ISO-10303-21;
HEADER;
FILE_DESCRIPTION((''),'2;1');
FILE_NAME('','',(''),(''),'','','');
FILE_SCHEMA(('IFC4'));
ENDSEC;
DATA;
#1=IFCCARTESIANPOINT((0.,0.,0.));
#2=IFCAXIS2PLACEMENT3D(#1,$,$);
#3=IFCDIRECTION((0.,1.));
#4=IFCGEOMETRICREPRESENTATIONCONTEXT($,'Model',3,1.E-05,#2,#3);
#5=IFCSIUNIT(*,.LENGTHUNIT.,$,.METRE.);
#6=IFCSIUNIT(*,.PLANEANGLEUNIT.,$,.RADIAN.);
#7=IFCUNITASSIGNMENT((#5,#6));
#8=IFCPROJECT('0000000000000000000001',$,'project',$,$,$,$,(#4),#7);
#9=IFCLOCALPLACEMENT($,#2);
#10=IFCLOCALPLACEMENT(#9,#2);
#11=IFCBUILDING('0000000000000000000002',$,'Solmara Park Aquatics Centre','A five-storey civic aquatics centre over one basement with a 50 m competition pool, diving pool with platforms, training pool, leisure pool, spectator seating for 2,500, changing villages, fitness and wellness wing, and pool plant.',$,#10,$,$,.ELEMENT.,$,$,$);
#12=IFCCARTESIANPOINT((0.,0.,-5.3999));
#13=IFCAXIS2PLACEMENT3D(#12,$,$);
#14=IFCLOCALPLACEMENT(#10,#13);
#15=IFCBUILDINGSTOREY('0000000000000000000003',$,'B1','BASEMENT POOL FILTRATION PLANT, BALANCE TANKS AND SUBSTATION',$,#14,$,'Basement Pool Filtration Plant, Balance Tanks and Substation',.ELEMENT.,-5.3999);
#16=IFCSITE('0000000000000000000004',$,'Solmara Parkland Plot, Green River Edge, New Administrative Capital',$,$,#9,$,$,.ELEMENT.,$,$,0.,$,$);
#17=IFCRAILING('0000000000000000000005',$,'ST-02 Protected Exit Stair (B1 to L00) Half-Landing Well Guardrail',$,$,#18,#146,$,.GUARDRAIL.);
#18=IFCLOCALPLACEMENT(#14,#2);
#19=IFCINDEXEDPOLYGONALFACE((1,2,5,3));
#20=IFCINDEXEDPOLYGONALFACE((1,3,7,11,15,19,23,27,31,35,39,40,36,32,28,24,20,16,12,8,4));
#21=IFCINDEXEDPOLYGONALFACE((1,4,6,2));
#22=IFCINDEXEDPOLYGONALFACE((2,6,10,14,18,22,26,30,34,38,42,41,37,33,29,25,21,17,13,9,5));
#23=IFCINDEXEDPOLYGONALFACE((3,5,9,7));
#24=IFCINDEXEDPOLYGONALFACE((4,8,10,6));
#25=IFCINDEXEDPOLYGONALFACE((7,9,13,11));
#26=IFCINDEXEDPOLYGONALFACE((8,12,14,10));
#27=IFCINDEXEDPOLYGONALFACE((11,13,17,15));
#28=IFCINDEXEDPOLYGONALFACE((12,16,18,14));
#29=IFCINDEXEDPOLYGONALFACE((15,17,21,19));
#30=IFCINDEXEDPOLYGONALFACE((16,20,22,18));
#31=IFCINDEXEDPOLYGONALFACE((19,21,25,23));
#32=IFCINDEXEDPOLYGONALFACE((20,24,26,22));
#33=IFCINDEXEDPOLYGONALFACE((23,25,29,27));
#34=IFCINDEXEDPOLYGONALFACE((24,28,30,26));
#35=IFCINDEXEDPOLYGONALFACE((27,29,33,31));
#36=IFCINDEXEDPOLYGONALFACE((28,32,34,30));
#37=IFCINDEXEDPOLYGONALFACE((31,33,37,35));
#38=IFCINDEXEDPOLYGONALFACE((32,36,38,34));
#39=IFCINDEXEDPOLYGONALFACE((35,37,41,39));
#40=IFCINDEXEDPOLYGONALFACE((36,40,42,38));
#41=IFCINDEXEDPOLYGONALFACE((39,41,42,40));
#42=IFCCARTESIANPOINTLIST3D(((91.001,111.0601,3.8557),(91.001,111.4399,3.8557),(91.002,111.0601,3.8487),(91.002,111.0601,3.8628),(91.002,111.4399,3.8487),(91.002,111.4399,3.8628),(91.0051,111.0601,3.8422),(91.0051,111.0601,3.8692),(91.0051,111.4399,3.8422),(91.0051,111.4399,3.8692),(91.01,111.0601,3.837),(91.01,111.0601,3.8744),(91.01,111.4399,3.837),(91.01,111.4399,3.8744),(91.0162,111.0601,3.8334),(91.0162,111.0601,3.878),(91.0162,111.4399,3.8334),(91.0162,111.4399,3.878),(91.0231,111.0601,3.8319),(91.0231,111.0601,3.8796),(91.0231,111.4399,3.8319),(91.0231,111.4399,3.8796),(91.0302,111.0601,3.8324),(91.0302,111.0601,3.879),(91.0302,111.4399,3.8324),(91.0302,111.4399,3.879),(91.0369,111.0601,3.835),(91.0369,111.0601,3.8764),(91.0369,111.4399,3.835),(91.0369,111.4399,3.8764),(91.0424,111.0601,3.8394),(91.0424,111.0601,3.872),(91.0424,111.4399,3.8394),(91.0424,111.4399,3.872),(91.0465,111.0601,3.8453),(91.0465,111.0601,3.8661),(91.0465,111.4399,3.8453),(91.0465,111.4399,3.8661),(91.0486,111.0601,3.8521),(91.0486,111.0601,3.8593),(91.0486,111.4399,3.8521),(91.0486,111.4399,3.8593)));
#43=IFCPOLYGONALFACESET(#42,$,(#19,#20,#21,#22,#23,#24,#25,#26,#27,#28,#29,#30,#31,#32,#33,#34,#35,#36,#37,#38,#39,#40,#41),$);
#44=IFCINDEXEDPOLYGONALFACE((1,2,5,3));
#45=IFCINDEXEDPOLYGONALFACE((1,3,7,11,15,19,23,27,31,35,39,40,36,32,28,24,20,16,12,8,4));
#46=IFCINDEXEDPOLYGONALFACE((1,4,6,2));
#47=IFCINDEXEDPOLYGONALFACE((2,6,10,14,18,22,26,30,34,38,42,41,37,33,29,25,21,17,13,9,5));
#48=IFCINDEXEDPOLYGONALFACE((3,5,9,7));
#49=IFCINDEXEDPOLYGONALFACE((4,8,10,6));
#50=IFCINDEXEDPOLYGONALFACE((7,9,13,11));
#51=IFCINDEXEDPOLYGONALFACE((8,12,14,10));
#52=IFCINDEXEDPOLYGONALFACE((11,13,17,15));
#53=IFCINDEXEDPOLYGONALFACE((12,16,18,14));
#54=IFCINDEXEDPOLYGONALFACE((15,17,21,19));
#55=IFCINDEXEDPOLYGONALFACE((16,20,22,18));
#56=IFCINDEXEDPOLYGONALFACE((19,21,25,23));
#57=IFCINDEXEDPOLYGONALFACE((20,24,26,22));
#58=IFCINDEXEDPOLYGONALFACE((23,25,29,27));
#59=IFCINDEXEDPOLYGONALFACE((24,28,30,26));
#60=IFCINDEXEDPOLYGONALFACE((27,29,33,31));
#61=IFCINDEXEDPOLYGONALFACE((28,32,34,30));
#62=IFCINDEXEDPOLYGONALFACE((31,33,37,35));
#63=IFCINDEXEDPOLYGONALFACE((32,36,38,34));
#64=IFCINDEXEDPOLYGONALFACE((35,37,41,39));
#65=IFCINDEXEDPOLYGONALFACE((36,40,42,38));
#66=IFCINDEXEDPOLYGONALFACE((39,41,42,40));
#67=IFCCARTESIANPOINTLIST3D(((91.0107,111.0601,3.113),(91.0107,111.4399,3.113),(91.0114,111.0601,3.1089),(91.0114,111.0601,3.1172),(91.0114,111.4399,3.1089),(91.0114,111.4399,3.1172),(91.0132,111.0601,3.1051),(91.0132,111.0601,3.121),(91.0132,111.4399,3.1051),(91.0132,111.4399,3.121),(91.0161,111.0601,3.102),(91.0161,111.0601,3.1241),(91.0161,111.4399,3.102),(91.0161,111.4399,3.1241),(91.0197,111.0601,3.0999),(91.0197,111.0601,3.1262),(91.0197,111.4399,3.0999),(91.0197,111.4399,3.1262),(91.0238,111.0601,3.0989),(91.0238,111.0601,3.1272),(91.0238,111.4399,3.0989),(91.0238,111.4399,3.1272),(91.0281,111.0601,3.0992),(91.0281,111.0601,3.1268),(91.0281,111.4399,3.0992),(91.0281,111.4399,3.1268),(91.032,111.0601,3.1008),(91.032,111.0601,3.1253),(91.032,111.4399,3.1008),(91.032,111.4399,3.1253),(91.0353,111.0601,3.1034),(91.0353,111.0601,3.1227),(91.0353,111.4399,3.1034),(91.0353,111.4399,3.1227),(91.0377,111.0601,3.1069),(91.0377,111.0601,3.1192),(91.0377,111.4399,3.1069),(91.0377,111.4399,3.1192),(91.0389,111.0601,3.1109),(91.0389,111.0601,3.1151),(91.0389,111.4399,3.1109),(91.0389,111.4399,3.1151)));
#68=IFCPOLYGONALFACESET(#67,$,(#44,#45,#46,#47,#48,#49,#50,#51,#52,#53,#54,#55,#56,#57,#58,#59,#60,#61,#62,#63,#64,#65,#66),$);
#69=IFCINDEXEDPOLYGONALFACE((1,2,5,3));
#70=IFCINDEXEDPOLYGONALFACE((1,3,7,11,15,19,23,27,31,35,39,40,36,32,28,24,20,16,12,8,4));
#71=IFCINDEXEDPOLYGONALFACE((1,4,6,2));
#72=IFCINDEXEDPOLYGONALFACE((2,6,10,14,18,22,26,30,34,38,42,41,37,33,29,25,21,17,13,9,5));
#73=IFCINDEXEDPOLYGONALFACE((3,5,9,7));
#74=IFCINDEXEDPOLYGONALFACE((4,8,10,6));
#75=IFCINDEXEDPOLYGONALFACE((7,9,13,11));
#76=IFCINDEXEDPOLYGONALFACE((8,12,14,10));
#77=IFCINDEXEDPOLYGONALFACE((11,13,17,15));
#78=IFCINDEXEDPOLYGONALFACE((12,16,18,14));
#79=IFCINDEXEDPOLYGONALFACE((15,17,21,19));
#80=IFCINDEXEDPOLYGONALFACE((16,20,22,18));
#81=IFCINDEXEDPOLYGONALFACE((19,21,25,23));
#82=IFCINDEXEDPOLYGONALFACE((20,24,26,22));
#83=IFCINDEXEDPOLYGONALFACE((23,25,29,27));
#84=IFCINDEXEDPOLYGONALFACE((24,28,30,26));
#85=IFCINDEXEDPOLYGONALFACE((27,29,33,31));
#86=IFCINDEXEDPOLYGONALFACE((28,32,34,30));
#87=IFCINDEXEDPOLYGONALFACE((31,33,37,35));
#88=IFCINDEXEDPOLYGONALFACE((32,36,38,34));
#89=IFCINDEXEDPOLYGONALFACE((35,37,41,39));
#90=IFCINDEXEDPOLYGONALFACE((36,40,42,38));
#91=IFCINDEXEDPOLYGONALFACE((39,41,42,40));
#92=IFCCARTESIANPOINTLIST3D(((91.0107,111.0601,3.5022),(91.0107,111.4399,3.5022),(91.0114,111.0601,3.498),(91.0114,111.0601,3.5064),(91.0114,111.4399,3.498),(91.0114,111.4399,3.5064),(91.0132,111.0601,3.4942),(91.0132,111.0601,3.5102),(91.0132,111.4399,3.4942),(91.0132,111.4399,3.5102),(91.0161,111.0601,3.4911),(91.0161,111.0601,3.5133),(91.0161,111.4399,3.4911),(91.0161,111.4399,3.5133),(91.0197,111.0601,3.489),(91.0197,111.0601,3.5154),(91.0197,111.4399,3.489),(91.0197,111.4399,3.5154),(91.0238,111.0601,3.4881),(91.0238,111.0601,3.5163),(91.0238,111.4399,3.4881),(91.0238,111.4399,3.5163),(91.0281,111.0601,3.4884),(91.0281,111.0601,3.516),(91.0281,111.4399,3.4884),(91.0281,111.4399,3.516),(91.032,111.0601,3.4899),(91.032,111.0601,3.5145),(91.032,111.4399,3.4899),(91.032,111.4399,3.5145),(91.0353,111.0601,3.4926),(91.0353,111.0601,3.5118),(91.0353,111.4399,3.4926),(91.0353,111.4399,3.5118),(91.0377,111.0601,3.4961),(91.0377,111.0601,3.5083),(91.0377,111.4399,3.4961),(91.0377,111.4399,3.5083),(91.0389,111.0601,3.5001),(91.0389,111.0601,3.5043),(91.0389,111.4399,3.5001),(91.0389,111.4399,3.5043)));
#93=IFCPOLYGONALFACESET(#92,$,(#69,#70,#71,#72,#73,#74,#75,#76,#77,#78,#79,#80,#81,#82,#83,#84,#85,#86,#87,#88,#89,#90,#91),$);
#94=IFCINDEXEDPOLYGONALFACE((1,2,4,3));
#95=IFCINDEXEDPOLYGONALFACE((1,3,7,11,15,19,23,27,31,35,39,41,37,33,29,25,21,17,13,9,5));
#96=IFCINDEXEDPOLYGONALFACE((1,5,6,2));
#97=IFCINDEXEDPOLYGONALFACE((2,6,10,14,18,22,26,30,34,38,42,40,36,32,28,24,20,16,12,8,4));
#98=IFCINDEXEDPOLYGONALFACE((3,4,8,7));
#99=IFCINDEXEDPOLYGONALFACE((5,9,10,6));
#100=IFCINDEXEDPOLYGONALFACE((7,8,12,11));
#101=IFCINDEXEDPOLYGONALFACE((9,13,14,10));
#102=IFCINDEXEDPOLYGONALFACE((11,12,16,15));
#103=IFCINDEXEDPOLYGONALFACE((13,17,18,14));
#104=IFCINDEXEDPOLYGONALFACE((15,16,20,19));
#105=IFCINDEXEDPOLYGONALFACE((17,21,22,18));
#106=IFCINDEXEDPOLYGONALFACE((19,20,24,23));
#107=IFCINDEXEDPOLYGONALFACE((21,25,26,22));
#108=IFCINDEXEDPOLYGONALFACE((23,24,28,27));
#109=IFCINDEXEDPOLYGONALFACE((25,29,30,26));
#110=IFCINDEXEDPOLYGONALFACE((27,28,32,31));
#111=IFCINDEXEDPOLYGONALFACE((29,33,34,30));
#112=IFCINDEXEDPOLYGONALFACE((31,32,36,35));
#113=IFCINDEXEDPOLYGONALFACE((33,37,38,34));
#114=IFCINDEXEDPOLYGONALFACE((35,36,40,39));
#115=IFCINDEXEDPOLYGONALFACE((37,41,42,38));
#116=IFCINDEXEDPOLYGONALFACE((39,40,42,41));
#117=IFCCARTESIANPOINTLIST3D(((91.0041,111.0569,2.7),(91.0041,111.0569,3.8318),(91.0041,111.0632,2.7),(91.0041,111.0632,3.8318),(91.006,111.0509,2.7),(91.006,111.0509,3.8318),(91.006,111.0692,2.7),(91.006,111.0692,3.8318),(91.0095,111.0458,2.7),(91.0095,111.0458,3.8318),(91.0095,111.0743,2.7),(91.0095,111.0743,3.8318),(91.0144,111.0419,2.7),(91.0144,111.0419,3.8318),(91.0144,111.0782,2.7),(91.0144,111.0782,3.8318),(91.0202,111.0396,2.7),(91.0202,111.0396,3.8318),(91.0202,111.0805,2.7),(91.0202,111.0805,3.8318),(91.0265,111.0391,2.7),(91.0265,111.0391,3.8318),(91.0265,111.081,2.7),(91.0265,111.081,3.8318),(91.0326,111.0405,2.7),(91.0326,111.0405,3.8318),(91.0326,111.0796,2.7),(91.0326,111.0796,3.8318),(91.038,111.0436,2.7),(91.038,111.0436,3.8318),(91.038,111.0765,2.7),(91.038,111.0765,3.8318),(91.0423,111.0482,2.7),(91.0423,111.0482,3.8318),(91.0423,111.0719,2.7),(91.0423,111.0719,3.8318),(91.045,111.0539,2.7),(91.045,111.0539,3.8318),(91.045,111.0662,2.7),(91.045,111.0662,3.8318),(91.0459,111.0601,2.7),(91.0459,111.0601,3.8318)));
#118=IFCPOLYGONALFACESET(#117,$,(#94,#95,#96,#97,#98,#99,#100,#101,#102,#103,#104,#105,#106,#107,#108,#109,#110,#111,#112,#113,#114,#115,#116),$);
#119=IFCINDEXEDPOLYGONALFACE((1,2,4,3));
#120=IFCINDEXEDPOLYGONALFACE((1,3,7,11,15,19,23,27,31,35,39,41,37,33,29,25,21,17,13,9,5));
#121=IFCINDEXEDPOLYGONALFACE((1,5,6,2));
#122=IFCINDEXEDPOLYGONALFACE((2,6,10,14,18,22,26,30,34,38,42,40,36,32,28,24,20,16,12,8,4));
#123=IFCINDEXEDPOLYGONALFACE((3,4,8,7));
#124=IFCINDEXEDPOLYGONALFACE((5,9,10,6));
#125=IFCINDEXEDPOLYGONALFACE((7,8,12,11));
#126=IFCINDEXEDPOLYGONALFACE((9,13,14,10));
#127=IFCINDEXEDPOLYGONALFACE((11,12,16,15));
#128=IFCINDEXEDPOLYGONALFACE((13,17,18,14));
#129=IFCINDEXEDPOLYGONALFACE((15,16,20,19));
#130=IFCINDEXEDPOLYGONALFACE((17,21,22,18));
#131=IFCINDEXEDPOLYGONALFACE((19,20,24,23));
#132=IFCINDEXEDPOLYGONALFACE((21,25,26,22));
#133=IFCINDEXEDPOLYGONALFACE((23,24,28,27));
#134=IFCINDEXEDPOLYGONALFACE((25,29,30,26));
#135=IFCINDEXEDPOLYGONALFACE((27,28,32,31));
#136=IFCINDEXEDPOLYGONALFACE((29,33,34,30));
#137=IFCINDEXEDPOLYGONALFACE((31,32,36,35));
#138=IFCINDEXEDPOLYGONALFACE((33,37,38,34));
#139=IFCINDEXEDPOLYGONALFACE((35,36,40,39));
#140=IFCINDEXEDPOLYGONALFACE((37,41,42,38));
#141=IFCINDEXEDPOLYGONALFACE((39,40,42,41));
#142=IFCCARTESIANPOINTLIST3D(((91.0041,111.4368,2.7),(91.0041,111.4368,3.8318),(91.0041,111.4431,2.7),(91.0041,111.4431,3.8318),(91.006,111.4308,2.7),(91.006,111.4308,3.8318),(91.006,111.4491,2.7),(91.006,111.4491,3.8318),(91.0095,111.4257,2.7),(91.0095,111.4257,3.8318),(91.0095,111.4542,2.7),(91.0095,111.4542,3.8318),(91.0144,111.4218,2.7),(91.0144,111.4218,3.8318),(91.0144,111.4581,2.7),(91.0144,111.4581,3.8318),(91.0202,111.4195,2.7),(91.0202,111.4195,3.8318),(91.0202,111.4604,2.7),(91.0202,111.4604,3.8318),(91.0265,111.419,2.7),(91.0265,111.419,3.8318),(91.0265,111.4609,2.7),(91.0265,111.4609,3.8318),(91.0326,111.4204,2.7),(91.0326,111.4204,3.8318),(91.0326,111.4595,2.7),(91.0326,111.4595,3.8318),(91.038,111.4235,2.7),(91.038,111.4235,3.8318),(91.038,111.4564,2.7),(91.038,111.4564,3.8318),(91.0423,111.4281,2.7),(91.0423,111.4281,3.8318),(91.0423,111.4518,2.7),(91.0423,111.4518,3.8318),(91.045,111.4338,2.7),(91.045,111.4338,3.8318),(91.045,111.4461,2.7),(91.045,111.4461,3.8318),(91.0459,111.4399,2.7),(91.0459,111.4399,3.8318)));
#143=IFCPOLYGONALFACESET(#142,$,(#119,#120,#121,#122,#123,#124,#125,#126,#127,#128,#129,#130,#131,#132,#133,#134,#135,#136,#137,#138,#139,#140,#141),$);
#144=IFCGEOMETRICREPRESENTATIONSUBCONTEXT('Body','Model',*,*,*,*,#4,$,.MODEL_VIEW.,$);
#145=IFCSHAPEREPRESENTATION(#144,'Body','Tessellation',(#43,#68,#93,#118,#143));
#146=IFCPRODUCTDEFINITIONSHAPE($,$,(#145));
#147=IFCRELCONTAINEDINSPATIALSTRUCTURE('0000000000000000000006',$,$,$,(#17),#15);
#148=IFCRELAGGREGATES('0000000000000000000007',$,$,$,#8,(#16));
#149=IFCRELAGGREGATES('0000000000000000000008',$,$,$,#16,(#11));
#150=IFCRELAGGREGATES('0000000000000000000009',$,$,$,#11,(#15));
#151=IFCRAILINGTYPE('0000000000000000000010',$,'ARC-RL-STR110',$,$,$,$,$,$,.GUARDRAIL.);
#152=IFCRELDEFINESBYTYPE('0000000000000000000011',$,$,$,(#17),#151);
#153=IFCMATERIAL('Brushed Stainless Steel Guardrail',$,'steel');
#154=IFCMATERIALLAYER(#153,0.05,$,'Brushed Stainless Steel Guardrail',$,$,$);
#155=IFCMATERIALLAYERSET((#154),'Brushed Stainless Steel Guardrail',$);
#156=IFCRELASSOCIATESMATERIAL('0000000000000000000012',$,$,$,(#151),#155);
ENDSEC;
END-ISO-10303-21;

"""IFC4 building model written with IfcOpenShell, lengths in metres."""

from ifc_helpers import new_model, si_unit, direction, frame, origin, origin_2d, place, context, subcontext, project, spatial, circle, extrude, material, layer, layer_set, type_object, element, save


model = new_model("IFC4")

# Units and contexts
model_context = context("Model", 3, precision=1e-05, world=origin(), true_north=direction((0.0, 1.0)))
body_context = subcontext(model_context, "Body", "Model", "MODEL_VIEW")
ifc_project = project(units=[si_unit("LENGTHUNIT", "METRE"), si_unit("PLANEANGLEUNIT", "RADIAN")], contexts=[model_context])

# Site, building, storey
site_placement = place(None, origin())
site = spatial("IfcSite", under=ifc_project, at=site_placement, Name="Solmara Parkland Plot, Green River Edge, New Administrative Capital", CompositionType="ELEMENT", RefElevation=0.0)
building_placement = place(site_placement, origin())
building = spatial("IfcBuilding", under=site, at=building_placement, Name="Solmara Park Aquatics Centre", Description="A five-storey civic aquatics centre over one basement with a 50 m competition pool, diving pool with platforms, training pool, leisure pool, spectator seating for 2,500, changing villages, fitness and wellness wing, and pool plant.", CompositionType="ELEMENT")
storey_placement = place(building_placement, frame((0.0, 0.0, -5.3999)))
storey = spatial("IfcBuildingStorey", under=building, at=storey_placement, Name="B1", Description="BASEMENT POOL FILTRATION PLANT, BALANCE TANKS AND SUBSTATION", LongName="Basement Pool Filtration Plant, Balance Tanks and Substation", CompositionType="ELEMENT", Elevation=-5.3999)

# Railing
ifc_material_1 = material(Name="Brushed Stainless Steel Guardrail", Category="steel")
ifc_layer_1 = layer(ifc_material_1, 0.05, Name="Brushed Stainless Steel Guardrail")
ifc_layer_set_1 = layer_set([ifc_layer_1], Name="Brushed Stainless Steel Guardrail")
railing_type_1 = type_object("IfcRailingType", Name="ARC-RL-STR110", PredefinedType="GUARDRAIL", material=ifc_layer_set_1)
railing_1_placement = place(storey_placement, frame((91.0249, 111.0601, 2.7)))
element("IfcRailing", 1, at=railing_1_placement, inside=storey, type_object=railing_type_1, Name="ST-02 Protected Exit Stair (B1 to L00) Half-Landing Well Guardrail", PredefinedType="GUARDRAIL", context=body_context, shape_type="SweptSolid", body=[
    extrude(circle(Radius=0.0239, at=origin_2d()), frame((0.0, 0.0, 1.1558), z_axis=(0.0, 1.0, 0.0), x_axis=(-1.0, 0.0, 0.0)), (0.0, 0.0, 1.0), 0.3799),
    extrude(circle(Radius=0.0142, at=origin_2d()), frame((0.0, 0.0, 0.4131), z_axis=(0.0, 1.0, 0.0), x_axis=(-1.0, 0.0, 0.0)), (0.0, 0.0, 1.0), 0.3799),
    extrude(circle(Radius=0.0142, at=origin_2d()), frame((0.0, 0.0, 0.8022), z_axis=(0.0, 1.0, 0.0), x_axis=(-1.0, 0.0, 0.0)), (0.0, 0.0, 1.0), 0.3799),
    extrude(circle(Radius=0.021, at=origin_2d()), origin(), (0.0, 0.0, 1.0), 1.1318),
    extrude(circle(Radius=0.021, at=origin_2d()), frame((0.0, 0.3799, 0.0)), (0.0, 0.0, 1.0), 1.1318),
])

save(model, "model.ifc")
